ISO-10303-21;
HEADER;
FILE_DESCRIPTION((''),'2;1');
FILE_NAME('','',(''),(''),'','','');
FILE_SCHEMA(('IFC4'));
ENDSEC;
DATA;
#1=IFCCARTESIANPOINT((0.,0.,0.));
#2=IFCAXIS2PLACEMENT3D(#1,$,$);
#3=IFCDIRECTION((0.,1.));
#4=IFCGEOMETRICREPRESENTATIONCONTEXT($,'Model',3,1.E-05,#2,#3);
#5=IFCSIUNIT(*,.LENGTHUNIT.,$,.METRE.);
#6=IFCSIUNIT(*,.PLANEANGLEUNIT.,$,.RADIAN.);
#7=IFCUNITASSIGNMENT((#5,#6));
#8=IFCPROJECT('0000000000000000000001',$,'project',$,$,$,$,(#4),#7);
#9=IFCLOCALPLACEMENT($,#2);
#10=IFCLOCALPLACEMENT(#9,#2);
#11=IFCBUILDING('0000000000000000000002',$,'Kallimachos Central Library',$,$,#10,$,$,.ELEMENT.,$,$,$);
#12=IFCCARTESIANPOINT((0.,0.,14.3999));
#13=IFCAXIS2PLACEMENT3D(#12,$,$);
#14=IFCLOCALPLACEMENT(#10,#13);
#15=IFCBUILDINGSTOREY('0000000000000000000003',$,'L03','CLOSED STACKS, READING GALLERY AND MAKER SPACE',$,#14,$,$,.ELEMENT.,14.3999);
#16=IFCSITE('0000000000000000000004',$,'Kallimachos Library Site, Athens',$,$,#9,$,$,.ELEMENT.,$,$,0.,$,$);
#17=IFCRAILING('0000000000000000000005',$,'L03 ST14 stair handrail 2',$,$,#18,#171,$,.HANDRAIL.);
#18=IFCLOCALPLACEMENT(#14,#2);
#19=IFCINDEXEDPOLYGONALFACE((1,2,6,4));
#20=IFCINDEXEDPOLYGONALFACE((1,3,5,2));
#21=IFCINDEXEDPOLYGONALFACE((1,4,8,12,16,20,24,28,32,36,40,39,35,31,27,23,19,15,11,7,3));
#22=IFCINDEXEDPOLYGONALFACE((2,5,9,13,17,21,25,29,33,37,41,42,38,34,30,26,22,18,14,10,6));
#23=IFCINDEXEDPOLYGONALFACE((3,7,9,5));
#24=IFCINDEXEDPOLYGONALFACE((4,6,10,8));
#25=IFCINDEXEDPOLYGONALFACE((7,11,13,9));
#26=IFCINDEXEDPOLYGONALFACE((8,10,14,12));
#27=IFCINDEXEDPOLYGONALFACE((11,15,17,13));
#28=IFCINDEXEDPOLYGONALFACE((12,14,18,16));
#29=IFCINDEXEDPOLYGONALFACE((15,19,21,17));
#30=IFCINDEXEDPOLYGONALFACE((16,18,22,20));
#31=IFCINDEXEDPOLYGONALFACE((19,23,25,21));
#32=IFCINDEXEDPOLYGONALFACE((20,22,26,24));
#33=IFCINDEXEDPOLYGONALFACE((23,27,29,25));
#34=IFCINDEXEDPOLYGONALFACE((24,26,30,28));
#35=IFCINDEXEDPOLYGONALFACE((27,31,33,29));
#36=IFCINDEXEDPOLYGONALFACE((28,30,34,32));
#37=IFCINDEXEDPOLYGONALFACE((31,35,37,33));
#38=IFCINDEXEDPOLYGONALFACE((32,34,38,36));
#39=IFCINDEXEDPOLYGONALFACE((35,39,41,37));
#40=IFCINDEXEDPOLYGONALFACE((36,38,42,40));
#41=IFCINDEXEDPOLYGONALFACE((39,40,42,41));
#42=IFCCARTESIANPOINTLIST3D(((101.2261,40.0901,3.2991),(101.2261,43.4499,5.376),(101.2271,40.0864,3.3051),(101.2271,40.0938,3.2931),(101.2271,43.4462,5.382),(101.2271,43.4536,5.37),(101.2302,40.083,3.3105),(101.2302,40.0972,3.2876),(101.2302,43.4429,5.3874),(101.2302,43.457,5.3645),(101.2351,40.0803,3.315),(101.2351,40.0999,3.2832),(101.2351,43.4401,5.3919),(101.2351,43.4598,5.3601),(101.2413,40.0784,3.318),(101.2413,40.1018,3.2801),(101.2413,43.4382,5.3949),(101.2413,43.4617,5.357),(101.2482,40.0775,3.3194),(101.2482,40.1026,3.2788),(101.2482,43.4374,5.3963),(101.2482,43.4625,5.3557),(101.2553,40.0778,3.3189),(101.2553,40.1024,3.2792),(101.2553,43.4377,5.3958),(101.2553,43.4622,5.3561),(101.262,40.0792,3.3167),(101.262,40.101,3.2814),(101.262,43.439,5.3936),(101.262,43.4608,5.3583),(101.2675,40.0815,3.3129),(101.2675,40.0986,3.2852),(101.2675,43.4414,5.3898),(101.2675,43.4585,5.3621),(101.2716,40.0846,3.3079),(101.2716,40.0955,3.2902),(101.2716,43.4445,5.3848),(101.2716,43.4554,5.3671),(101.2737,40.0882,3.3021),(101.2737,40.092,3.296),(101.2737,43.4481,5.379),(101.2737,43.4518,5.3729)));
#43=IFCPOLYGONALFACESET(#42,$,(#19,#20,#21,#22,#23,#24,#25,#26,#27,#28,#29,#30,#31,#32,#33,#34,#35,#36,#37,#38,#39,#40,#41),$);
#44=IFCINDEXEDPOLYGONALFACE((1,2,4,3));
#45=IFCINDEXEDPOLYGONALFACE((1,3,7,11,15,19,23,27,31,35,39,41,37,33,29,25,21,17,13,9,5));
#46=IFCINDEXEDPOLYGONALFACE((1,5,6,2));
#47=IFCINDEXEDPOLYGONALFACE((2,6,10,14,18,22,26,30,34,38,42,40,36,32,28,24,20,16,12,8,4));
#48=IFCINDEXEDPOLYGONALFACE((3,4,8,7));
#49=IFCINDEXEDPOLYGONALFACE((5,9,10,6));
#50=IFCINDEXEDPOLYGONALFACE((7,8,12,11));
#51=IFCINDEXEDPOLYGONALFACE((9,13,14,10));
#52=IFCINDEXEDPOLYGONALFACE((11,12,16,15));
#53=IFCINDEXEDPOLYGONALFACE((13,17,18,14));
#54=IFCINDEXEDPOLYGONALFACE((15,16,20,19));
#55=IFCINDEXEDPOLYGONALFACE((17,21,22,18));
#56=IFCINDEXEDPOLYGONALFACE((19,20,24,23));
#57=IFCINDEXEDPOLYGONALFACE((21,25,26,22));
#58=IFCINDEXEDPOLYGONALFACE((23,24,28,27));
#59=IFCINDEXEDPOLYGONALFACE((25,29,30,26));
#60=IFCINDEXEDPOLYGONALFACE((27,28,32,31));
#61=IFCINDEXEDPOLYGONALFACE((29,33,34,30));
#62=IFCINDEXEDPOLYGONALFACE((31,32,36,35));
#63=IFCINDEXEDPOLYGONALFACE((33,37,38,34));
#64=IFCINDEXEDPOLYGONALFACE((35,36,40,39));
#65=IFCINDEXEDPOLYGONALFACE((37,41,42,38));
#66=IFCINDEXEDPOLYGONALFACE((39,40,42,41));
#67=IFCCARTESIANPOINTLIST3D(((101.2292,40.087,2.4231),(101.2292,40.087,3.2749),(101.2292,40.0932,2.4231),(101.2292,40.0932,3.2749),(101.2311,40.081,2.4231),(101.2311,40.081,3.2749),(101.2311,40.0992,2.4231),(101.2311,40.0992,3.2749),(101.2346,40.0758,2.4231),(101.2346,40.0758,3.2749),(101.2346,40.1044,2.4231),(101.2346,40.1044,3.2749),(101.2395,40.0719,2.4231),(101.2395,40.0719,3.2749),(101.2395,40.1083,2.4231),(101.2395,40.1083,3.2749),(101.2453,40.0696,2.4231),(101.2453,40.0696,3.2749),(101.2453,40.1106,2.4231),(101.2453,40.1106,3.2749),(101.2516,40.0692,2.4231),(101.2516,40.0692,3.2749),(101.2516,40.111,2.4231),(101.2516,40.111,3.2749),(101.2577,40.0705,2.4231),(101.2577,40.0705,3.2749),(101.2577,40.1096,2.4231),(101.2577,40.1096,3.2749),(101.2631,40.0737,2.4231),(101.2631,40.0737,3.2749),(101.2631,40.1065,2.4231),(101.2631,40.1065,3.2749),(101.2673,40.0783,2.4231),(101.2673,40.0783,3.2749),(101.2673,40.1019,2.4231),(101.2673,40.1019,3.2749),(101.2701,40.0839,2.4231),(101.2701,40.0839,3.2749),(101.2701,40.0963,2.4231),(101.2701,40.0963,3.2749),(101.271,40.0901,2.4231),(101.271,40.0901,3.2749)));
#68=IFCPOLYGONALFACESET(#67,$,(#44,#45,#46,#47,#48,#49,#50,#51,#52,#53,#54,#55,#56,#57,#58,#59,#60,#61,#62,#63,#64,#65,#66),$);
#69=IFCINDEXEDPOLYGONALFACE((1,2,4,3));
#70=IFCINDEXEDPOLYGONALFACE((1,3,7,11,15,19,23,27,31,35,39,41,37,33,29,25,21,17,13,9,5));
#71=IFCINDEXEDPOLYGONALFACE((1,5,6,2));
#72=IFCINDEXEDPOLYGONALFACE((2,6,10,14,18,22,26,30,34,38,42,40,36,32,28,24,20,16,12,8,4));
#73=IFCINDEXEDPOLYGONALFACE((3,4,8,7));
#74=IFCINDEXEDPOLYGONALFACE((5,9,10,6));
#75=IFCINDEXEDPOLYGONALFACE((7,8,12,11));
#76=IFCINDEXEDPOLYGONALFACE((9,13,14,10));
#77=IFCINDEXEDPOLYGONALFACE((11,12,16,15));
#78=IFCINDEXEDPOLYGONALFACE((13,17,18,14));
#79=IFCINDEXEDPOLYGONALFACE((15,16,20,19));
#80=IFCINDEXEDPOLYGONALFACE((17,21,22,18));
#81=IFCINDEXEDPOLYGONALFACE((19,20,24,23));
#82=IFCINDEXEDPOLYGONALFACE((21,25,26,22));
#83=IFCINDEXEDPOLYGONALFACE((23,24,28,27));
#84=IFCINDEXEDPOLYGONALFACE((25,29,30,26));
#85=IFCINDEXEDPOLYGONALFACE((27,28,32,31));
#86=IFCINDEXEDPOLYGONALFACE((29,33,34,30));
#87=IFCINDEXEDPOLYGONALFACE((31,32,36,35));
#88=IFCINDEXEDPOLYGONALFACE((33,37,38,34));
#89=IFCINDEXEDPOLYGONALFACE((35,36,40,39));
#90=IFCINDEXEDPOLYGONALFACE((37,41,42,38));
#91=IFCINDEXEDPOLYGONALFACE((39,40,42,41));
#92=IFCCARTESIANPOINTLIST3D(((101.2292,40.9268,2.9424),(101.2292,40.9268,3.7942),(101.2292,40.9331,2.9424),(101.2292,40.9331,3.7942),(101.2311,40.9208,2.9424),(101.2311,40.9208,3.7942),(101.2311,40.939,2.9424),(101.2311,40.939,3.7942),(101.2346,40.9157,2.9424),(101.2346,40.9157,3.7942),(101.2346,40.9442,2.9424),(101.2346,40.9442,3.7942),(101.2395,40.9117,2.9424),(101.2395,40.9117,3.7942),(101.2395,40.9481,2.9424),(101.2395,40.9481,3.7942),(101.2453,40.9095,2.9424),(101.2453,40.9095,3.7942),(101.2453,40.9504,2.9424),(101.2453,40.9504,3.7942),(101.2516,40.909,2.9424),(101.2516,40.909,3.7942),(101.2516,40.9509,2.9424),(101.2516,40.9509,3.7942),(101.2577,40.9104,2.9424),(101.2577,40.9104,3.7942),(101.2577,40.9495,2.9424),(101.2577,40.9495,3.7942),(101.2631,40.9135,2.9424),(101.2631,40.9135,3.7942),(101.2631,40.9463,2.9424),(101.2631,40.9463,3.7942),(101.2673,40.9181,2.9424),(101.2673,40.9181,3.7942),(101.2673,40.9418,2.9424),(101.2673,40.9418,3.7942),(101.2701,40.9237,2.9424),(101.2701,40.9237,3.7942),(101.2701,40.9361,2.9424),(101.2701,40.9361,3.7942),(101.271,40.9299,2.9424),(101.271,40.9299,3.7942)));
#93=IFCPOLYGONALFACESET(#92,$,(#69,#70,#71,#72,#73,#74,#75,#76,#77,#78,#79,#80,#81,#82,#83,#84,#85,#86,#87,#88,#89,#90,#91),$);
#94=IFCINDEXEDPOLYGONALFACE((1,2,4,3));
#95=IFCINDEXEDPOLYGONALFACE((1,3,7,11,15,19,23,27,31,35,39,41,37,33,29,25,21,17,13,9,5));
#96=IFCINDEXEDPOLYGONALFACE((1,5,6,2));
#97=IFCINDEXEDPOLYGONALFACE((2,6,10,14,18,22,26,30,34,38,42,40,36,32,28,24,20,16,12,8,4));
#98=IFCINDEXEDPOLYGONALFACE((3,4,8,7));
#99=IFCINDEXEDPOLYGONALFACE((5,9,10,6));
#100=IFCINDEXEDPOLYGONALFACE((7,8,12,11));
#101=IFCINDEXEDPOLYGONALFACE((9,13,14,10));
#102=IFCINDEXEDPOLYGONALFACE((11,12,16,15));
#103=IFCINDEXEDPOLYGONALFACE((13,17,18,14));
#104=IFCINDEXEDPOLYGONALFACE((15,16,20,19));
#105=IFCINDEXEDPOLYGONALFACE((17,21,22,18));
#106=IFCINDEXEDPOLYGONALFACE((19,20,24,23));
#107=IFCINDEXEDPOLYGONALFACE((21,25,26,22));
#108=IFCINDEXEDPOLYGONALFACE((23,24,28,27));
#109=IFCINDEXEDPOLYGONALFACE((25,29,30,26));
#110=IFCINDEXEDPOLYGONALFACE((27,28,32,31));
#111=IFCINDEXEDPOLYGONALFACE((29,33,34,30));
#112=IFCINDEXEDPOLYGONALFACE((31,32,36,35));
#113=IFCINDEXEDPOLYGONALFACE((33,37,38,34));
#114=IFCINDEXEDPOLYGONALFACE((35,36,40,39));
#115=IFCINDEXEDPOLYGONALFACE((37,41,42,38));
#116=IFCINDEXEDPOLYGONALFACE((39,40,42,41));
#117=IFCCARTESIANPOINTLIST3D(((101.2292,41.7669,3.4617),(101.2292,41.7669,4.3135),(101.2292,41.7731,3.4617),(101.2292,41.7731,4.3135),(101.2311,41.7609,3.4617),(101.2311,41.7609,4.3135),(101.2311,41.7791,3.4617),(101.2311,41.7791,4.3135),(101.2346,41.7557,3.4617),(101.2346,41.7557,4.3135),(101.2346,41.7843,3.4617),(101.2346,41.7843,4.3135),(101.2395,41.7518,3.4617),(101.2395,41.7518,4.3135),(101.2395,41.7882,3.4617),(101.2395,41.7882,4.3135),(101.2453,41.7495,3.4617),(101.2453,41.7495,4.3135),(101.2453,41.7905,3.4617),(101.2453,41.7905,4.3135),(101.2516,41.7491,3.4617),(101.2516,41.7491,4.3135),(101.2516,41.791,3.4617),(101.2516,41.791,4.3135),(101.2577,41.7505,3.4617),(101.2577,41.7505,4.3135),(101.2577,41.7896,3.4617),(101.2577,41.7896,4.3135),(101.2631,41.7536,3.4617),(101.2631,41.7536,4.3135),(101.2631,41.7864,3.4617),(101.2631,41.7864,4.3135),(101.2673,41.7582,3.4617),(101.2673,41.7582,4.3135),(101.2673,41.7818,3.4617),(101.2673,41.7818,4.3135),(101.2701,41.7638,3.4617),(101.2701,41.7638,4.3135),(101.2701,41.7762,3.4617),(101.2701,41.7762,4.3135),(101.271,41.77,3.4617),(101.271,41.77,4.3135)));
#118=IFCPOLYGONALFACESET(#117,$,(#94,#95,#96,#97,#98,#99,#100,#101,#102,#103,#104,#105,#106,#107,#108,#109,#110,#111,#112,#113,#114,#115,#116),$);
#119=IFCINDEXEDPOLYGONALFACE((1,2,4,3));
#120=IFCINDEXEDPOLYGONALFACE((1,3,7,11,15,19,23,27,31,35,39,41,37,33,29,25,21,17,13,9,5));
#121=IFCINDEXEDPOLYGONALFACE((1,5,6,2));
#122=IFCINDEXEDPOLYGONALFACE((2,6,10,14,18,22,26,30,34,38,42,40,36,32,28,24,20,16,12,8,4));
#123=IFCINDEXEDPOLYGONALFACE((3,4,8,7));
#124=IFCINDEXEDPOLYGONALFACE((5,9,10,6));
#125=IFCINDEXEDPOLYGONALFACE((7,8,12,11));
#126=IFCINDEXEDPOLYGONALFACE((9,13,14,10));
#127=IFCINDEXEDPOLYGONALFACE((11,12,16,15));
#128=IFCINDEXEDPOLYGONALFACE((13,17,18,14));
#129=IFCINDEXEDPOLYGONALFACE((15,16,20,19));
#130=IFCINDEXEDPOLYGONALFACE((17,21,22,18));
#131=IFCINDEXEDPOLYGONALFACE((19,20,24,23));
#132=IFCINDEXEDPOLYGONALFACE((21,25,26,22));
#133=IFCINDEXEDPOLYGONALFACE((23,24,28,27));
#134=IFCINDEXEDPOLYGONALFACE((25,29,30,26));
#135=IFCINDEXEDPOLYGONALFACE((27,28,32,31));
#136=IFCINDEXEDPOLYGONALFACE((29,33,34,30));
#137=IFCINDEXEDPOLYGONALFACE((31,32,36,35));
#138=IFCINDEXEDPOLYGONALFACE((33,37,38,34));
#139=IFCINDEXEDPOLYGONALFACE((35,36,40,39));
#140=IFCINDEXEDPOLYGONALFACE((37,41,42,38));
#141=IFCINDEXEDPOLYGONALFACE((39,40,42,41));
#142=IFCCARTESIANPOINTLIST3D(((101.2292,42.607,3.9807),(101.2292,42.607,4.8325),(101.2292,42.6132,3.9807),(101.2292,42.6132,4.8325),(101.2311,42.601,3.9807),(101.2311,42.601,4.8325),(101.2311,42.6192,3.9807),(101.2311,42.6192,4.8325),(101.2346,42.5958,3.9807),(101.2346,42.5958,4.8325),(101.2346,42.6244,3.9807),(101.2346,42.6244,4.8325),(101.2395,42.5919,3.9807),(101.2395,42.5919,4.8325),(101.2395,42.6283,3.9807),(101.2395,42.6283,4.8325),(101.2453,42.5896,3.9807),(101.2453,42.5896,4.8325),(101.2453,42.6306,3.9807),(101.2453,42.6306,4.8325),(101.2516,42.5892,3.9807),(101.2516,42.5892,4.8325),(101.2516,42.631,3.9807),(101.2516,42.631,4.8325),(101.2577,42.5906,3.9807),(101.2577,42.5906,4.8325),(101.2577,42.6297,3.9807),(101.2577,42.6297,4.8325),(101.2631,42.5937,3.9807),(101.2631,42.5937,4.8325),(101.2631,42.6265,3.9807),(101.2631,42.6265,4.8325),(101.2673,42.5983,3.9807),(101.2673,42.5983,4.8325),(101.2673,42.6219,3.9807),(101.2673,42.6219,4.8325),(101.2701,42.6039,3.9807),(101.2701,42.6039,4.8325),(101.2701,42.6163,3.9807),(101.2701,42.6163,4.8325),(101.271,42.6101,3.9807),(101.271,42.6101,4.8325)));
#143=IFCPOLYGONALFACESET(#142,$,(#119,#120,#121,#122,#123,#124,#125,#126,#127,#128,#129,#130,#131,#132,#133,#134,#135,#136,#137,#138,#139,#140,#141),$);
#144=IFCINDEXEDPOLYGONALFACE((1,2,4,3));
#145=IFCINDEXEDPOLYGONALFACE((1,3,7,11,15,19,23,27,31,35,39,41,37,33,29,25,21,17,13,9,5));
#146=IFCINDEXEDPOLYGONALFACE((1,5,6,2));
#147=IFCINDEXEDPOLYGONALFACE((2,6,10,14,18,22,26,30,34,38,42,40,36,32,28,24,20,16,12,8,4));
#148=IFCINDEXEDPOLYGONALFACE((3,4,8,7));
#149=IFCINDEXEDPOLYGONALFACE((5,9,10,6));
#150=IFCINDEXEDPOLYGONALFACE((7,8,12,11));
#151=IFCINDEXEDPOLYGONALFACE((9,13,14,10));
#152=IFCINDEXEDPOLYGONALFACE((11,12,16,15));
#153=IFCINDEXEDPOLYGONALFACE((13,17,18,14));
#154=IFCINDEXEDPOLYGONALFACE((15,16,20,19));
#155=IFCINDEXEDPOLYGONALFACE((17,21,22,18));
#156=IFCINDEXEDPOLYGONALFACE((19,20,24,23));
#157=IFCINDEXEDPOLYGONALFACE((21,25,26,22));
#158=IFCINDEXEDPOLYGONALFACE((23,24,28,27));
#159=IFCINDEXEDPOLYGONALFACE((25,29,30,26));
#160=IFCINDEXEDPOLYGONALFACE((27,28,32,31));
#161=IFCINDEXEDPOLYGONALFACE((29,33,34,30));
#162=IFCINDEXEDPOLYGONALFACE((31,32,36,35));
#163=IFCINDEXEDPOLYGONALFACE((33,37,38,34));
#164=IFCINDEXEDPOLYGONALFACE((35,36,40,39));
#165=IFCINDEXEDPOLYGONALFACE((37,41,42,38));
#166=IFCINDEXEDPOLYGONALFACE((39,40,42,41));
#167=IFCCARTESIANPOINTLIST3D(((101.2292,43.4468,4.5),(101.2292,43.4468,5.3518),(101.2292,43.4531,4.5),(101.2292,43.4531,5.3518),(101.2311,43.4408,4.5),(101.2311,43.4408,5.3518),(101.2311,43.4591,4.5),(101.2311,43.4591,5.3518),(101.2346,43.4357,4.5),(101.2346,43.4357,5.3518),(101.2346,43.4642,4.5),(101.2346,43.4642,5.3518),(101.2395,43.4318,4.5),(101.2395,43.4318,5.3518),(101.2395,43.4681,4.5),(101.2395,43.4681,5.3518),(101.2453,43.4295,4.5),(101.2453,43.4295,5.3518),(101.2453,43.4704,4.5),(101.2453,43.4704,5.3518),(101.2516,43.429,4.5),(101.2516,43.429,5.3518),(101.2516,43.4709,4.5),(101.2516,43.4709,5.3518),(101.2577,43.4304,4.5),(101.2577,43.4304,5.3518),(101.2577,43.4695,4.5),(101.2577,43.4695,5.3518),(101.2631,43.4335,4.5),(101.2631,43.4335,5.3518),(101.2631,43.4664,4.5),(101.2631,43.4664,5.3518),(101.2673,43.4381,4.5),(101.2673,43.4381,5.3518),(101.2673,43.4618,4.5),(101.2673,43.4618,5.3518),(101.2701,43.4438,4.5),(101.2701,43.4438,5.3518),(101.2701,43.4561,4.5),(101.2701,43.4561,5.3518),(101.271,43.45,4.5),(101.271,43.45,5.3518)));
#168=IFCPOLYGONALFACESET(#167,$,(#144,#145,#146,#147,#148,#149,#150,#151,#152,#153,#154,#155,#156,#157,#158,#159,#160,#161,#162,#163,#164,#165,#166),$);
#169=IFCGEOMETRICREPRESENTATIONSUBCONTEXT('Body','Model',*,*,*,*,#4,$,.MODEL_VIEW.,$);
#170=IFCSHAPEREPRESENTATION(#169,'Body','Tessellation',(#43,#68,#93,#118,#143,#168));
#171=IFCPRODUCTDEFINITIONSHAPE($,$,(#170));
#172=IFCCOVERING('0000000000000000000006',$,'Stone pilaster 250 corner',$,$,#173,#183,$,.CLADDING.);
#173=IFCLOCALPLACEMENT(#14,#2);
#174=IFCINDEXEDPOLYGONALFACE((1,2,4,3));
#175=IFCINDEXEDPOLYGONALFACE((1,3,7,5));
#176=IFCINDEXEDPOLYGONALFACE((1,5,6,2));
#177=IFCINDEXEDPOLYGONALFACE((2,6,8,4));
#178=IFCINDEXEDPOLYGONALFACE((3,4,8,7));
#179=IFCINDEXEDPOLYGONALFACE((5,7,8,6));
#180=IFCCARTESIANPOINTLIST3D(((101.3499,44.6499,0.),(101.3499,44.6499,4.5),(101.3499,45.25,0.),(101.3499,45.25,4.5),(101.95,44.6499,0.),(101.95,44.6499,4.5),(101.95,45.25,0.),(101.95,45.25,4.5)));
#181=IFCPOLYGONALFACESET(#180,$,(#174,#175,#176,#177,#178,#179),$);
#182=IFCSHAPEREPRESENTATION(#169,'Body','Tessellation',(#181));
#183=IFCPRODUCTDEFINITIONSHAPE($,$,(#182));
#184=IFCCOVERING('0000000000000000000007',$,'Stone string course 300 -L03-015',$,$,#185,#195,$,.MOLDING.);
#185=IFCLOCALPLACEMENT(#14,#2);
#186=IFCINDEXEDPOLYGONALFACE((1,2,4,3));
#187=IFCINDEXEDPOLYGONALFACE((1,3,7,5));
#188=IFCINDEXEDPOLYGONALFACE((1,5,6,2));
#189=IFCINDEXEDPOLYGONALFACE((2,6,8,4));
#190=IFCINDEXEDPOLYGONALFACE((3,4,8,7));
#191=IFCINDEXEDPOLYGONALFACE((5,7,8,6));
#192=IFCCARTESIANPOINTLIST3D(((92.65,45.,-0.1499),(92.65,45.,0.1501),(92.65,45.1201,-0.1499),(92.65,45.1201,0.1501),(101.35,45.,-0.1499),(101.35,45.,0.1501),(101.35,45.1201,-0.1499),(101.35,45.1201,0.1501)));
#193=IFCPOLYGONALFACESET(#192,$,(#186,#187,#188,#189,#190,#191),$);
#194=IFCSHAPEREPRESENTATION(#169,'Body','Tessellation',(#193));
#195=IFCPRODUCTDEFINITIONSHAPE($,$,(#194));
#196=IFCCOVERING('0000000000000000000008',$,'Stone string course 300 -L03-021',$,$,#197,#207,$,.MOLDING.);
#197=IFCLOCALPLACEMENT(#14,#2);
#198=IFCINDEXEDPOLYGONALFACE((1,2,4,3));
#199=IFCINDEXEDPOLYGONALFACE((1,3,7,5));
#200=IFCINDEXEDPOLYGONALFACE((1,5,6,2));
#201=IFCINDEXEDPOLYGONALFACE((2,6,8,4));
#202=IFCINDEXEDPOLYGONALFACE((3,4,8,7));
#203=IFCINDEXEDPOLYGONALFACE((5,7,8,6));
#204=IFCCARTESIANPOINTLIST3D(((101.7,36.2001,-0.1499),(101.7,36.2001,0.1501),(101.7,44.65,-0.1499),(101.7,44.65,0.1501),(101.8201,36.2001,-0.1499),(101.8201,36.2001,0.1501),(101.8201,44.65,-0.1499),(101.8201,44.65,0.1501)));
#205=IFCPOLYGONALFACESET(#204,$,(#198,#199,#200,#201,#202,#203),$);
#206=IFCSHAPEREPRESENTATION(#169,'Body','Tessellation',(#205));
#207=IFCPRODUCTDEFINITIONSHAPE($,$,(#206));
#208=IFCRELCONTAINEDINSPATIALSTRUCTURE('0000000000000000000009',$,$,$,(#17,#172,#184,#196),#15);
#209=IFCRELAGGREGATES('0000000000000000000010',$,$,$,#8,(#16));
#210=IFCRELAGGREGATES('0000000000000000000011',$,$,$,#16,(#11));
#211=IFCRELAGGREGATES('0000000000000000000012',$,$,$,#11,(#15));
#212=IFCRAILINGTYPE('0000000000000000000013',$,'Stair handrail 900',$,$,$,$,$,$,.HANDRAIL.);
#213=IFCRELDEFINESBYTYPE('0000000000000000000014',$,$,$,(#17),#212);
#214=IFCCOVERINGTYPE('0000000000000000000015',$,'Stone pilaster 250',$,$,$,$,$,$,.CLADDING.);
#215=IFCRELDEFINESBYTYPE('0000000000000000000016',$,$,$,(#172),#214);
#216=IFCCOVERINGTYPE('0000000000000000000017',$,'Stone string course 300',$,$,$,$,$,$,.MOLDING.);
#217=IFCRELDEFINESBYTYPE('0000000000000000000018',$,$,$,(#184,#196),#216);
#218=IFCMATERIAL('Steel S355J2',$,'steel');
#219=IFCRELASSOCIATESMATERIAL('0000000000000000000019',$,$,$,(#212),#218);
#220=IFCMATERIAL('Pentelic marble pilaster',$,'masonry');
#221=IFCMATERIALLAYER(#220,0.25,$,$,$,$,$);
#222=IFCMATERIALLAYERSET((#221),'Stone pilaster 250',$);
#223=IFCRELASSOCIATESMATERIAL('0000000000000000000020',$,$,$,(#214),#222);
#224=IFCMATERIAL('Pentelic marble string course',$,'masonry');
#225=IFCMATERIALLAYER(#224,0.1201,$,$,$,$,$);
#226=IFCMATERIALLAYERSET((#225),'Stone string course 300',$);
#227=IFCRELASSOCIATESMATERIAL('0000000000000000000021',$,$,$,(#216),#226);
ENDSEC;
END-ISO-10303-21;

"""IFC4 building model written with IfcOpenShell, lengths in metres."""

from ifc_helpers import new_model, si_unit, direction, frame, origin, origin_2d, place, context, subcontext, project, spatial, rectangle, circle, extrude, material, layer, layer_set, type_object, element, save


model = new_model("IFC4")

# Units and contexts
model_context = context("Model", 3, precision=1e-05, world=origin(), true_north=direction((0.0, 1.0)))
body_context = subcontext(model_context, "Body", "Model", "MODEL_VIEW")
ifc_project = project(units=[si_unit("LENGTHUNIT", "METRE"), si_unit("PLANEANGLEUNIT", "RADIAN")], contexts=[model_context])

# Site, building, storey
site_placement = place(None, origin())
site = spatial("IfcSite", under=ifc_project, at=site_placement, Name="Kallimachos Library Site, Athens", CompositionType="ELEMENT", RefElevation=0.0)
building_placement = place(site_placement, origin())
building = spatial("IfcBuilding", under=site, at=building_placement, Name="Kallimachos Central Library", CompositionType="ELEMENT")
storey_placement = place(building_placement, frame((0.0, 0.0, 14.3999)))
storey = spatial("IfcBuildingStorey", under=building, at=storey_placement, Name="L03", Description="CLOSED STACKS, READING GALLERY AND MAKER SPACE", CompositionType="ELEMENT", Elevation=14.3999)

# Railing
ifc_material_1 = material(Name="Steel S355J2", Category="steel")
railing_type_1 = type_object("IfcRailingType", Name="Stair handrail 900", PredefinedType="HANDRAIL", material=ifc_material_1)
railing_1_placement = place(storey_placement, frame((101.25, 40.0901, 2.4231)))
element("IfcRailing", 1, at=railing_1_placement, inside=storey, type_object=railing_type_1, Name="L03 ST14 stair handrail 2", PredefinedType="HANDRAIL", context=body_context, shape_type="SweptSolid", body=[
    extrude(circle(Radius=0.0239, at=origin_2d()), frame((0.0, 0.0, 0.876), z_axis=(0.0, 0.850606, 0.525803), x_axis=(-1.0, 0.0, 0.0)), (0.0, 0.0, 1.0), 3.95),
    extrude(circle(Radius=0.021, at=origin_2d()), origin(), (0.0, 0.0, 1.0), 0.8518),
    extrude(circle(Radius=0.021, at=origin_2d()), frame((0.0, 0.8398, 0.5193)), (0.0, 0.0, 1.0), 0.8518),
    extrude(circle(Radius=0.021, at=origin_2d()), frame((0.0, 1.6799, 1.0386)), (0.0, 0.0, 1.0), 0.8518),
    extrude(circle(Radius=0.021, at=origin_2d()), frame((0.0, 2.52, 1.5576)), (0.0, 0.0, 1.0), 0.8518),
    extrude(circle(Radius=0.021, at=origin_2d()), frame((0.0, 3.3599, 2.0769)), (0.0, 0.0, 1.0), 0.8518),
])

# Coverings
ifc_material_2 = material(Name="Pentelic marble pilaster", Category="masonry")
ifc_layer_1 = layer(ifc_material_2, 0.25)
ifc_layer_set_1 = layer_set([ifc_layer_1], Name="Stone pilaster 250")
covering_type_1 = type_object("IfcCoveringType", Name="Stone pilaster 250", PredefinedType="CLADDING", material=ifc_layer_set_1)
covering_1_placement = place(storey_placement, frame((101.6499, 44.95, 0.0), z_axis=(0.0, 0.0, 1.0), x_axis=(1.0, 0.0, 0.0)))
element("IfcCovering", 2, at=covering_1_placement, inside=storey, type_object=covering_type_1, Name="Stone pilaster 250 corner", PredefinedType="CLADDING", context=body_context, shape_type="SweptSolid", body=[
    extrude(rectangle(XDim=0.6001, YDim=0.6001, at=origin_2d()), origin(), (0.0, 0.0, 1.0), 4.5),
])
ifc_material_3 = material(Name="Pentelic marble string course", Category="masonry")
ifc_layer_2 = layer(ifc_material_3, 0.1201)
ifc_layer_set_2 = layer_set([ifc_layer_2], Name="Stone string course 300")
covering_type_2 = type_object("IfcCoveringType", Name="Stone string course 300", PredefinedType="MOLDING", material=ifc_layer_set_2)
covering_2_placement = place(storey_placement, frame((97.0, 45.0601, -0.1499), z_axis=(0.0, 0.0, 1.0), x_axis=(1.0, 0.0, 0.0)))
element("IfcCovering", 3, at=covering_2_placement, inside=storey, type_object=covering_type_2, Name="Stone string course 300 -L03-015", PredefinedType="MOLDING", context=body_context, shape_type="SweptSolid", body=[
    extrude(rectangle(XDim=8.7, YDim=0.1201, at=origin_2d()), origin(), (0.0, 0.0, 1.0), 0.3),
])
covering_3_placement = place(storey_placement, frame((101.76, 40.425, -0.1499), z_axis=(0.0, 0.0, 1.0), x_axis=(1.0, 0.0, 0.0)))
element("IfcCovering", 4, at=covering_3_placement, inside=storey, type_object=covering_type_2, Name="Stone string course 300 -L03-021", PredefinedType="MOLDING", context=body_context, shape_type="SweptSolid", body=[
    extrude(rectangle(XDim=0.1201, YDim=8.45, at=origin_2d()), origin(), (0.0, 0.0, 1.0), 0.3),
])

save(model, "model.ifc")
